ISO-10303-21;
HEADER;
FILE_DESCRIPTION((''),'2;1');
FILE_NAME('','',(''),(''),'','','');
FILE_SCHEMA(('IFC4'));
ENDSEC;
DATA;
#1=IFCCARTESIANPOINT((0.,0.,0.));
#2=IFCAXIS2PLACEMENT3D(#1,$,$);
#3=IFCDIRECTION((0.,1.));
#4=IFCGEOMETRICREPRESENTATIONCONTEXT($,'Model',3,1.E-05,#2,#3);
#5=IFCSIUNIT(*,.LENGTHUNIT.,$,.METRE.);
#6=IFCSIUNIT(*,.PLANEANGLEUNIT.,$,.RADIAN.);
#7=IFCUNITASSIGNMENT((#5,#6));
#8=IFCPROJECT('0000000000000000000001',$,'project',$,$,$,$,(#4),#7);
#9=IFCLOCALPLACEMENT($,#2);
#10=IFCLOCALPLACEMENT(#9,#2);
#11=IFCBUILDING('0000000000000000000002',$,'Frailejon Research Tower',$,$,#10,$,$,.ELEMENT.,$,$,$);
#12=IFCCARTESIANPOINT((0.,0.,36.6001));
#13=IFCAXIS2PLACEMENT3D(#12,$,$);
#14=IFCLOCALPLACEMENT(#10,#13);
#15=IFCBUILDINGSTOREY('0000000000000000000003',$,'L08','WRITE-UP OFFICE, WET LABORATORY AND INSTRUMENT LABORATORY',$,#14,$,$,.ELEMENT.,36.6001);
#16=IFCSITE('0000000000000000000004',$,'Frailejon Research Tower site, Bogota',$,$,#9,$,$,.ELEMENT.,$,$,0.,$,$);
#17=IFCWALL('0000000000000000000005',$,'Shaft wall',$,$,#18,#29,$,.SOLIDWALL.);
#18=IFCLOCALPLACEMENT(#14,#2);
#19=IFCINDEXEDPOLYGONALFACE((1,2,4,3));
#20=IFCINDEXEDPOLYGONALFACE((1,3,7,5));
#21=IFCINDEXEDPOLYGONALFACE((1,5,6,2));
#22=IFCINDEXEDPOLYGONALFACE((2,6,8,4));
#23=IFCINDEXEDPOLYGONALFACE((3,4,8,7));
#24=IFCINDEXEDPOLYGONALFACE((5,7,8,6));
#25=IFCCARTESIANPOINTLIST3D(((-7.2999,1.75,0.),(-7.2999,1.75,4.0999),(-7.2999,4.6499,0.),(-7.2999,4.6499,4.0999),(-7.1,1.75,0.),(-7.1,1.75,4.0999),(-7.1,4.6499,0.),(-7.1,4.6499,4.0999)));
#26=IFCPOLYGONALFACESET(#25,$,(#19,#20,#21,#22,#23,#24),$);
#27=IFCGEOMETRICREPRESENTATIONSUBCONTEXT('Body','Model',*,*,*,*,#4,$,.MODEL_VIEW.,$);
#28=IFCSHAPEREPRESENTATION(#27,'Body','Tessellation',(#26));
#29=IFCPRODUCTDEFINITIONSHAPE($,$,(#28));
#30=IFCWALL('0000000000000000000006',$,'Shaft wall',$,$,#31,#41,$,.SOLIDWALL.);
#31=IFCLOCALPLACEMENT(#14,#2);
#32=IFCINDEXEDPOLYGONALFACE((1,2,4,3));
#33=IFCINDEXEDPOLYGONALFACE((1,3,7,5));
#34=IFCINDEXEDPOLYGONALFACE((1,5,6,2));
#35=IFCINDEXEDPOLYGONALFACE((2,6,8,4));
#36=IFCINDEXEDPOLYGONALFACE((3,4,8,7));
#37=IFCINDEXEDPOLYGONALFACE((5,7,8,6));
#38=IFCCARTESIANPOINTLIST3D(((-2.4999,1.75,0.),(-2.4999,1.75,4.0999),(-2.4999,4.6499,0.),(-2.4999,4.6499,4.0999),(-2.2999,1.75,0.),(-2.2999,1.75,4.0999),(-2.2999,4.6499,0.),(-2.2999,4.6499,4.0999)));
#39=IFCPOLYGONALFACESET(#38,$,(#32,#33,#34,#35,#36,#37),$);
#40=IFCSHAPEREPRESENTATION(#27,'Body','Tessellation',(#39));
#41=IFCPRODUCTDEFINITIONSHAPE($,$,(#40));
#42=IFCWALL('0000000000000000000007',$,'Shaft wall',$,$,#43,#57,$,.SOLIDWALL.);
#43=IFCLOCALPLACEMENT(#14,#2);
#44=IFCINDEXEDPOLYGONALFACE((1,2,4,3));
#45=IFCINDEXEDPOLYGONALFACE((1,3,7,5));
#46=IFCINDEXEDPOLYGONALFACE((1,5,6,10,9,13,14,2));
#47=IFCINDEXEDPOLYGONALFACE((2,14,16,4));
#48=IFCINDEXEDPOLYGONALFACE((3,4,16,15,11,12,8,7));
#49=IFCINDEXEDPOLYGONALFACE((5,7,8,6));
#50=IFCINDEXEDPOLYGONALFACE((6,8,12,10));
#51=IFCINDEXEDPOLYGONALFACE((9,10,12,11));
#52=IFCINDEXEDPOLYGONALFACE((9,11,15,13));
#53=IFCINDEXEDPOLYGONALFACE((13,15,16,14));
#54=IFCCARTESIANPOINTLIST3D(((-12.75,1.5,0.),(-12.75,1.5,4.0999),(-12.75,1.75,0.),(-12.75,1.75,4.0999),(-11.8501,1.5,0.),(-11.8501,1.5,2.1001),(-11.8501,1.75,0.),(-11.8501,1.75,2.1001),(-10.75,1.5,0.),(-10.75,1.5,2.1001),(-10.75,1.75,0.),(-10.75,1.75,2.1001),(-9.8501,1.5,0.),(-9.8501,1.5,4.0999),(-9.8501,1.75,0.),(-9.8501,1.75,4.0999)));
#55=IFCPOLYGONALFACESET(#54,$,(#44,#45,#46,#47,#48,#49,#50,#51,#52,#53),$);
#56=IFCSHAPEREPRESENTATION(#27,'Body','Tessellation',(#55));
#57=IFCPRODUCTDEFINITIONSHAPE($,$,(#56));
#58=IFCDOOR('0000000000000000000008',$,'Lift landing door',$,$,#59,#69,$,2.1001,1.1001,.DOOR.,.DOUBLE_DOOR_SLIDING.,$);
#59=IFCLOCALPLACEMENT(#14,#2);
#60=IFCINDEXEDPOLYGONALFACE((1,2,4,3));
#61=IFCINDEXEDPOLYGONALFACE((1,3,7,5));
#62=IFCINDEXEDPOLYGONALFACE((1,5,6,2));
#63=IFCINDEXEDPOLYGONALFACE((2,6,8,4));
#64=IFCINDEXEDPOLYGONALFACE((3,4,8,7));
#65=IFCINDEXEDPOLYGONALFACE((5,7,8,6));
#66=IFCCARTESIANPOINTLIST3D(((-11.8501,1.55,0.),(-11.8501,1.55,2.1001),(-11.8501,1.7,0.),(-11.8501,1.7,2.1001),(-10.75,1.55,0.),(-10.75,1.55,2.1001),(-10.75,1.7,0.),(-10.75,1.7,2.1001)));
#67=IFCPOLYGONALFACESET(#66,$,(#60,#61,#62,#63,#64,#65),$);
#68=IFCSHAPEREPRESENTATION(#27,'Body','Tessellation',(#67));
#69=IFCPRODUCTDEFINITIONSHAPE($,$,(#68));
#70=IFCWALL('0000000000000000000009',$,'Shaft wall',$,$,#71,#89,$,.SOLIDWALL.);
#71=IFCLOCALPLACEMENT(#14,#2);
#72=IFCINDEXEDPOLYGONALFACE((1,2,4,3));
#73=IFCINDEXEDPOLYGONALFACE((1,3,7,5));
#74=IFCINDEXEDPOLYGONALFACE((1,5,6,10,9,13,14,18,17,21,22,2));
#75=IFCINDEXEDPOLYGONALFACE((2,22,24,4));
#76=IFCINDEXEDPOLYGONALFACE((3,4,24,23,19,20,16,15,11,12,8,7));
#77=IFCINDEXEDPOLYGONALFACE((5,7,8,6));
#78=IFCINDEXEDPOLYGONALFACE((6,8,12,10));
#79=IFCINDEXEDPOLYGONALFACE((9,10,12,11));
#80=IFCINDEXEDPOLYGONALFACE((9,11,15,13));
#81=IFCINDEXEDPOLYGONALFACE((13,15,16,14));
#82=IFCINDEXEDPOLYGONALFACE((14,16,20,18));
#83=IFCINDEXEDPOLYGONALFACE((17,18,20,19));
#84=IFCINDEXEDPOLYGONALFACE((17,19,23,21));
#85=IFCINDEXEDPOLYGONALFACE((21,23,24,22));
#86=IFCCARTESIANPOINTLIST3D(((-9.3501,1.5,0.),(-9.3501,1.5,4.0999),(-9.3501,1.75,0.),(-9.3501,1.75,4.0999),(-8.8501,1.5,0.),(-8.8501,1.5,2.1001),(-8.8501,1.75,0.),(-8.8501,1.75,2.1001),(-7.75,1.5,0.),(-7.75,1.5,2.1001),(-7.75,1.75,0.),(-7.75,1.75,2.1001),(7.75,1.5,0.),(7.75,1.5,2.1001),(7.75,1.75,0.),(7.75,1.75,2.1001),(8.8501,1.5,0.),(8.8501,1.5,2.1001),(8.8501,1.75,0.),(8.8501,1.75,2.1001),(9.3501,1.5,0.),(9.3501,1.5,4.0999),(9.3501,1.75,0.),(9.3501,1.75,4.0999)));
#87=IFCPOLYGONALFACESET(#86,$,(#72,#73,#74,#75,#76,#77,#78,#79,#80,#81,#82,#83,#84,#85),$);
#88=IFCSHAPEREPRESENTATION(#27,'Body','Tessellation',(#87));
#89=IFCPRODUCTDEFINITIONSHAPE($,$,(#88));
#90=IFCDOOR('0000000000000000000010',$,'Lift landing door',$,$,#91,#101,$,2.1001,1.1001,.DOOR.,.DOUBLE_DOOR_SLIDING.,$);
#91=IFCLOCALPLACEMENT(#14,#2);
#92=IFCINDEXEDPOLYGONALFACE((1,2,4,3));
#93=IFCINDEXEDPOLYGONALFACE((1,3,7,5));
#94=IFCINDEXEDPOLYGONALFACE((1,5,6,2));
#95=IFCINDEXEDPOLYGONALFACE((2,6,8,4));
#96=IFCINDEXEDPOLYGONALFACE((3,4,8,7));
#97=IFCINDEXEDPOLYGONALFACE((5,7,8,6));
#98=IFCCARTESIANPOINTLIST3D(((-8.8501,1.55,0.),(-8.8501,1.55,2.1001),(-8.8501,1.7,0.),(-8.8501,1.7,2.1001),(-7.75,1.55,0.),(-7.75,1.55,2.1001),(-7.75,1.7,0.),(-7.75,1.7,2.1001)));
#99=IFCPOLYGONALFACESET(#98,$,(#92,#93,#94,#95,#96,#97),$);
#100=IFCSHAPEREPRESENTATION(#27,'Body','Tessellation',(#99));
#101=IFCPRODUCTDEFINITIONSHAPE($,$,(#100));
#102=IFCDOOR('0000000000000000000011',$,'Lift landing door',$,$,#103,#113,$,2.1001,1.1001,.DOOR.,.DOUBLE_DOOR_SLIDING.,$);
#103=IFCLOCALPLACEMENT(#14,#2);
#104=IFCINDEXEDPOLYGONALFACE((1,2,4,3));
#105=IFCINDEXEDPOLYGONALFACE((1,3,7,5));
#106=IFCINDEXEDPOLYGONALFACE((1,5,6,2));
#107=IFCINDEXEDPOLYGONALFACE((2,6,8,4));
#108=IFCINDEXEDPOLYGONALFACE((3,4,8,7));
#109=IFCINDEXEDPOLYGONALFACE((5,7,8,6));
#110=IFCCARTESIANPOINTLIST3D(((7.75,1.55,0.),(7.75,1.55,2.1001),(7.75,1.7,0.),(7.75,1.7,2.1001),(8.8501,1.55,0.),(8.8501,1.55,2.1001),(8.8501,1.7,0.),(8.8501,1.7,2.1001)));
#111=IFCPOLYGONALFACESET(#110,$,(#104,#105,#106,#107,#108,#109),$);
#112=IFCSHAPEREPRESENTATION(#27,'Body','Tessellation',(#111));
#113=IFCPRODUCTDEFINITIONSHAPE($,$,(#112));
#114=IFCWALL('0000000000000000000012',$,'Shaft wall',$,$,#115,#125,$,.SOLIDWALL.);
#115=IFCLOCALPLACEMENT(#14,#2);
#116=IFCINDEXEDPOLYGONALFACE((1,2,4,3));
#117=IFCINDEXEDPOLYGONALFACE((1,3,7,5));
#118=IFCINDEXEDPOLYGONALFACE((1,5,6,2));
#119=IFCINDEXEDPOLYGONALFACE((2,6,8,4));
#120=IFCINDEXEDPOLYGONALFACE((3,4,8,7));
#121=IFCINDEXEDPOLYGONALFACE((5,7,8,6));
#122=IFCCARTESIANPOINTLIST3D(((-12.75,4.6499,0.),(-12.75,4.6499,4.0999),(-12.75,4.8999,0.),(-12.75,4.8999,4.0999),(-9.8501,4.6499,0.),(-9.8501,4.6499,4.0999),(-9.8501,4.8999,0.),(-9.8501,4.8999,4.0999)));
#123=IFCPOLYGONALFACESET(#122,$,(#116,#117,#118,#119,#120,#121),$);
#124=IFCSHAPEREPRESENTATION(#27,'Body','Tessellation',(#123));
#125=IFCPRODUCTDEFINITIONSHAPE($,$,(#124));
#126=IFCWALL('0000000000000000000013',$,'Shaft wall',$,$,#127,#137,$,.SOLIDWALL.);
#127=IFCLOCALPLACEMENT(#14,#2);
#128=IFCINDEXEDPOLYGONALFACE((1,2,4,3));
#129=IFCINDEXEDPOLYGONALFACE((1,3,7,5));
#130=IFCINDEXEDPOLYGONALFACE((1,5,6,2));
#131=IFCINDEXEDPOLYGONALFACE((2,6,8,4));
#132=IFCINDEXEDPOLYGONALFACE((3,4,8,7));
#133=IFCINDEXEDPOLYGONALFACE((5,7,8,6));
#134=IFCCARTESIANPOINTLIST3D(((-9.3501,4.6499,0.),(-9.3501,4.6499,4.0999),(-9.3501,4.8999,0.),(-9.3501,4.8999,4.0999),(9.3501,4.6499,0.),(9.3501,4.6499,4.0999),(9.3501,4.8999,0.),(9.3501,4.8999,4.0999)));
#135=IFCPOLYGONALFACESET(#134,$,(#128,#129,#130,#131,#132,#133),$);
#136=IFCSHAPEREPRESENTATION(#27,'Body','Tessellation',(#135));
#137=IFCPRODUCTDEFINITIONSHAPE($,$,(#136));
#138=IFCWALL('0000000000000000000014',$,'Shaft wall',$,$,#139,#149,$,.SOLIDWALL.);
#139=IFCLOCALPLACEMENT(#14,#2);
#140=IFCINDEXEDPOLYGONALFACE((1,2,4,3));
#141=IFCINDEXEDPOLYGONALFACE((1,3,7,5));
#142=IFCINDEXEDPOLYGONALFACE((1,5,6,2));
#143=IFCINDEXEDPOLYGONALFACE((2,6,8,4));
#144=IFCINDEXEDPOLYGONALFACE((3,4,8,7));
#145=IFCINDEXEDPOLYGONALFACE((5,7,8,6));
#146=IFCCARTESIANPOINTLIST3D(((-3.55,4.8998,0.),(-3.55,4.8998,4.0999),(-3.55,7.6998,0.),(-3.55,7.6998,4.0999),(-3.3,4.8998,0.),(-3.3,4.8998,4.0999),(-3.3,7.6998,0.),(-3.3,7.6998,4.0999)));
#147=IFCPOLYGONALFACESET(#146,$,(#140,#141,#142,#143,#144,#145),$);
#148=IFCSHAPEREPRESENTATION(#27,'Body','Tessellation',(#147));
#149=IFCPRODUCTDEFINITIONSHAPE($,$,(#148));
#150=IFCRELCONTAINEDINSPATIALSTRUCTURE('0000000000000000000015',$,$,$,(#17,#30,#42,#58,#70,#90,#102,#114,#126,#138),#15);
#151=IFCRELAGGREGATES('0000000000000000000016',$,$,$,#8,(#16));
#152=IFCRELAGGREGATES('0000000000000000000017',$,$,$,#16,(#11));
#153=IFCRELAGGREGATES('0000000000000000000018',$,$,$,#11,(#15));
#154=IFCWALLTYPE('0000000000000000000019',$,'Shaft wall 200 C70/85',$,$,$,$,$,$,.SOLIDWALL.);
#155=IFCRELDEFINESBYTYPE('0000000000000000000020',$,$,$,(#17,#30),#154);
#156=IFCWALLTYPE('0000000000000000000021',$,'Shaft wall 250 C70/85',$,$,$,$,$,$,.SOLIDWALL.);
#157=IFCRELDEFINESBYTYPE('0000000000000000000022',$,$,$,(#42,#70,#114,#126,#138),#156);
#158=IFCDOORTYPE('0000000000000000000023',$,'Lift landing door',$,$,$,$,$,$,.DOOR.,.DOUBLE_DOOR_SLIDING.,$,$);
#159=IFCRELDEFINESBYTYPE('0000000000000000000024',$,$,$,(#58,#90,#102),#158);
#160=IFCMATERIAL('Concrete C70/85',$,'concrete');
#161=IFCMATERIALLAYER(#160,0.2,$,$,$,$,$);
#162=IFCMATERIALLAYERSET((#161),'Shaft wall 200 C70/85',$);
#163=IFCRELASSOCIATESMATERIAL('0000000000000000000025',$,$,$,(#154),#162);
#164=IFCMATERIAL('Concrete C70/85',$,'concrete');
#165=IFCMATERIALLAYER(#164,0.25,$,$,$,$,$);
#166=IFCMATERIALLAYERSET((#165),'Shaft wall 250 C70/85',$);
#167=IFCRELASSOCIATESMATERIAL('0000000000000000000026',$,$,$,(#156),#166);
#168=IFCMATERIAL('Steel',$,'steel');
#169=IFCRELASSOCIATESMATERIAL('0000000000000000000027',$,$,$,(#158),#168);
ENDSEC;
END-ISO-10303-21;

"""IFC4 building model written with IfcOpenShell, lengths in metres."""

from ifc_helpers import new_model, si_unit, direction, frame, frame_2d, origin, place, context, subcontext, project, spatial, rectangle, extrude, material, layer, layer_set, type_object, element, fill, save


model = new_model("IFC4")

# Units and contexts
model_context = context("Model", 3, precision=1e-05, world=origin(), true_north=direction((0.0, 1.0)))
body_context = subcontext(model_context, "Body", "Model", "MODEL_VIEW")
ifc_project = project(units=[si_unit("LENGTHUNIT", "METRE"), si_unit("PLANEANGLEUNIT", "RADIAN")], contexts=[model_context])

# Site, building, storey
site_placement = place(None, origin())
site = spatial("IfcSite", under=ifc_project, at=site_placement, Name="Frailejon Research Tower site, Bogota", CompositionType="ELEMENT", RefElevation=0.0)
building_placement = place(site_placement, origin())
building = spatial("IfcBuilding", under=site, at=building_placement, Name="Frailejon Research Tower", CompositionType="ELEMENT")
storey_placement = place(building_placement, frame((0.0, 0.0, 36.6001)))
storey = spatial("IfcBuildingStorey", under=building, at=storey_placement, Name="L08", Description="WRITE-UP OFFICE, WET LABORATORY AND INSTRUMENT LABORATORY", CompositionType="ELEMENT", Elevation=36.6001)

# Walls
ifc_material_1 = material(Name="Concrete C70/85", Category="concrete")
ifc_layer_1 = layer(ifc_material_1, 0.2)
ifc_layer_set_1 = layer_set([ifc_layer_1], Name="Shaft wall 200 C70/85")
wall_type_1 = type_object("IfcWallType", Name="Shaft wall 200 C70/85", PredefinedType="SOLIDWALL", material=ifc_layer_set_1)
for number, where, z_axis, x_axis, name in (
    (1, (-7.2, 1.75, 0.0), (0.0, 0.0, 1.0), (0.0, 1.0, 0.0), "Shaft wall"),
    (2, (-2.3999, 1.75, 0.0), (0.0, 0.0, 1.0), (0.0, 1.0, 0.0), "Shaft wall"),
):
    element("IfcWall", number, at=place(storey_placement, frame(where, z_axis=z_axis, x_axis=x_axis)), inside=storey, type_object=wall_type_1, Name=name, PredefinedType="SOLIDWALL", context=body_context, shape_type="SweptSolid", body=[
        extrude(rectangle(XDim=2.8999, YDim=0.2, at=frame_2d((1.45, 0.0))), origin(), (0.0, 0.0, 1.0), 4.0999),
    ])

# Wall, opening, door
ifc_material_2 = material(Name="Concrete C70/85", Category="concrete")
ifc_layer_2 = layer(ifc_material_2, 0.25)
ifc_layer_set_2 = layer_set([ifc_layer_2], Name="Shaft wall 250 C70/85")
wall_type_2 = type_object("IfcWallType", Name="Shaft wall 250 C70/85", PredefinedType="SOLIDWALL", material=ifc_layer_set_2)
wall_1_placement = place(storey_placement, frame((-12.75, 1.625, 0.0), z_axis=(0.0, 0.0, 1.0), x_axis=(1.0, 0.0, 0.0)))
wall_1 = element("IfcWall", 3, at=wall_1_placement, inside=storey, type_object=wall_type_2, Name="Shaft wall", PredefinedType="SOLIDWALL", context=body_context, shape_type="SweptSolid", body=[
    extrude(rectangle(XDim=2.8999, YDim=0.25, at=frame_2d((1.45, 0.0))), origin(), (0.0, 0.0, 1.0), 4.0999),
])
opening_1_placement = place(wall_1_placement, frame((0.8999, 0.0, 0.0)))
opening_1 = element("IfcOpeningElement", 4, at=opening_1_placement, cuts=wall_1, PredefinedType="OPENING", context=body_context, shape_type="SweptSolid", body=[
    extrude(rectangle(XDim=1.1001, YDim=2.1001, at=frame_2d((0.55, 1.05))), frame((0.0, 0.135, 0.0), z_axis=(0.0, -1.0, 0.0), x_axis=(1.0, 0.0, 0.0)), (0.0, 0.0, 1.0), 0.27),
])
ifc_material_3 = material(Name="Steel", Category="steel")
door_type = type_object("IfcDoorType", Name="Lift landing door", OperationType="DOUBLE_DOOR_SLIDING", PredefinedType="DOOR", material=ifc_material_3)
door_1_placement = place(opening_1_placement, origin())
door_1 = element("IfcDoor", 5, at=door_1_placement, inside=storey, type_object=door_type, Name="Lift landing door", OperationType="DOUBLE_DOOR_SLIDING", OverallHeight=2.1001, OverallWidth=1.1001, PredefinedType="DOOR", context=body_context, shape_type="SweptSolid", body=[
    extrude(rectangle(XDim=1.1001, YDim=2.1001, at=frame_2d((0.55, 1.05))), frame((0.0, 0.075, 0.0), z_axis=(0.0, -1.0, 0.0), x_axis=(1.0, 0.0, 0.0)), (0.0, 0.0, 1.0), 0.1499),
])
fill(opening_1, door_1)

# Wall, openings, doors
wall_2_placement = place(storey_placement, frame((-9.3501, 1.625, 0.0), z_axis=(0.0, 0.0, 1.0), x_axis=(1.0, 0.0, 0.0)))
wall_2 = element("IfcWall", 6, at=wall_2_placement, inside=storey, type_object=wall_type_2, Name="Shaft wall", PredefinedType="SOLIDWALL", context=body_context, shape_type="SweptSolid", body=[
    extrude(rectangle(XDim=18.7002, YDim=0.25, at=frame_2d((9.3501, 0.0))), origin(), (0.0, 0.0, 1.0), 4.0999),
])
opening_2_placement = place(wall_2_placement, frame((0.5, 0.0, 0.0)))
opening_2 = element("IfcOpeningElement", 7, at=opening_2_placement, cuts=wall_2, PredefinedType="OPENING", context=body_context, shape_type="SweptSolid", body=[
    extrude(rectangle(XDim=1.1001, YDim=2.1001, at=frame_2d((0.55, 1.05))), frame((0.0, 0.135, 0.0), z_axis=(0.0, -1.0, 0.0), x_axis=(1.0, 0.0, 0.0)), (0.0, 0.0, 1.0), 0.27),
])
opening_3_placement = place(wall_2_placement, frame((17.1001, 0.0, 0.0)))
opening_3 = element("IfcOpeningElement", 8, at=opening_3_placement, cuts=wall_2, PredefinedType="OPENING", context=body_context, shape_type="SweptSolid", body=[
    extrude(rectangle(XDim=1.1001, YDim=2.1001, at=frame_2d((0.55, 1.05))), frame((0.0, 0.135, 0.0), z_axis=(0.0, -1.0, 0.0), x_axis=(1.0, 0.0, 0.0)), (0.0, 0.0, 1.0), 0.27),
])
door_2_placement = place(opening_2_placement, origin())
door_2 = element("IfcDoor", 9, at=door_2_placement, inside=storey, type_object=door_type, Name="Lift landing door", OperationType="DOUBLE_DOOR_SLIDING", OverallHeight=2.1001, OverallWidth=1.1001, PredefinedType="DOOR", context=body_context, shape_type="SweptSolid", body=[
    extrude(rectangle(XDim=1.1001, YDim=2.1001, at=frame_2d((0.55, 1.05))), frame((0.0, 0.075, 0.0), z_axis=(0.0, -1.0, 0.0), x_axis=(1.0, 0.0, 0.0)), (0.0, 0.0, 1.0), 0.1499),
])
fill(opening_2, door_2)
door_3_placement = place(opening_3_placement, origin())
door_3 = element("IfcDoor", 10, at=door_3_placement, inside=storey, type_object=door_type, Name="Lift landing door", OperationType="DOUBLE_DOOR_SLIDING", OverallHeight=2.1001, OverallWidth=1.1001, PredefinedType="DOOR", context=body_context, shape_type="SweptSolid", body=[
    extrude(rectangle(XDim=1.1001, YDim=2.1001, at=frame_2d((0.55, 1.05))), frame((0.0, 0.075, 0.0), z_axis=(0.0, -1.0, 0.0), x_axis=(1.0, 0.0, 0.0)), (0.0, 0.0, 1.0), 0.1499),
])
fill(opening_3, door_3)

# Walls
wall_3_placement = place(storey_placement, frame((-12.75, 4.7749, 0.0), z_axis=(0.0, 0.0, 1.0), x_axis=(1.0, 0.0, 0.0)))
element("IfcWall", 11, at=wall_3_placement, inside=storey, type_object=wall_type_2, Name="Shaft wall", PredefinedType="SOLIDWALL", context=body_context, shape_type="SweptSolid", body=[
    extrude(rectangle(XDim=2.8999, YDim=0.25, at=frame_2d((1.45, 0.0))), origin(), (0.0, 0.0, 1.0), 4.0999),
])
wall_4_placement = place(storey_placement, frame((-9.3501, 4.7749, 0.0), z_axis=(0.0, 0.0, 1.0), x_axis=(1.0, 0.0, 0.0)))
element("IfcWall", 12, at=wall_4_placement, inside=storey, type_object=wall_type_2, Name="Shaft wall", PredefinedType="SOLIDWALL", context=body_context, shape_type="SweptSolid", body=[
    extrude(rectangle(XDim=18.7002, YDim=0.25, at=frame_2d((9.3501, 0.0))), origin(), (0.0, 0.0, 1.0), 4.0999),
])
wall_5_placement = place(storey_placement, frame((-3.425, 4.8999, 0.0), z_axis=(0.0, 0.0, 1.0), x_axis=(0.0, 1.0, 0.0)))
element("IfcWall", 13, at=wall_5_placement, inside=storey, type_object=wall_type_2, Name="Shaft wall", PredefinedType="SOLIDWALL", context=body_context, shape_type="SweptSolid", body=[
    extrude(rectangle(XDim=2.8, YDim=0.25, at=frame_2d((1.3999, 0.0))), origin(), (0.0, 0.0, 1.0), 4.0999),
])

save(model, "model.ifc")
